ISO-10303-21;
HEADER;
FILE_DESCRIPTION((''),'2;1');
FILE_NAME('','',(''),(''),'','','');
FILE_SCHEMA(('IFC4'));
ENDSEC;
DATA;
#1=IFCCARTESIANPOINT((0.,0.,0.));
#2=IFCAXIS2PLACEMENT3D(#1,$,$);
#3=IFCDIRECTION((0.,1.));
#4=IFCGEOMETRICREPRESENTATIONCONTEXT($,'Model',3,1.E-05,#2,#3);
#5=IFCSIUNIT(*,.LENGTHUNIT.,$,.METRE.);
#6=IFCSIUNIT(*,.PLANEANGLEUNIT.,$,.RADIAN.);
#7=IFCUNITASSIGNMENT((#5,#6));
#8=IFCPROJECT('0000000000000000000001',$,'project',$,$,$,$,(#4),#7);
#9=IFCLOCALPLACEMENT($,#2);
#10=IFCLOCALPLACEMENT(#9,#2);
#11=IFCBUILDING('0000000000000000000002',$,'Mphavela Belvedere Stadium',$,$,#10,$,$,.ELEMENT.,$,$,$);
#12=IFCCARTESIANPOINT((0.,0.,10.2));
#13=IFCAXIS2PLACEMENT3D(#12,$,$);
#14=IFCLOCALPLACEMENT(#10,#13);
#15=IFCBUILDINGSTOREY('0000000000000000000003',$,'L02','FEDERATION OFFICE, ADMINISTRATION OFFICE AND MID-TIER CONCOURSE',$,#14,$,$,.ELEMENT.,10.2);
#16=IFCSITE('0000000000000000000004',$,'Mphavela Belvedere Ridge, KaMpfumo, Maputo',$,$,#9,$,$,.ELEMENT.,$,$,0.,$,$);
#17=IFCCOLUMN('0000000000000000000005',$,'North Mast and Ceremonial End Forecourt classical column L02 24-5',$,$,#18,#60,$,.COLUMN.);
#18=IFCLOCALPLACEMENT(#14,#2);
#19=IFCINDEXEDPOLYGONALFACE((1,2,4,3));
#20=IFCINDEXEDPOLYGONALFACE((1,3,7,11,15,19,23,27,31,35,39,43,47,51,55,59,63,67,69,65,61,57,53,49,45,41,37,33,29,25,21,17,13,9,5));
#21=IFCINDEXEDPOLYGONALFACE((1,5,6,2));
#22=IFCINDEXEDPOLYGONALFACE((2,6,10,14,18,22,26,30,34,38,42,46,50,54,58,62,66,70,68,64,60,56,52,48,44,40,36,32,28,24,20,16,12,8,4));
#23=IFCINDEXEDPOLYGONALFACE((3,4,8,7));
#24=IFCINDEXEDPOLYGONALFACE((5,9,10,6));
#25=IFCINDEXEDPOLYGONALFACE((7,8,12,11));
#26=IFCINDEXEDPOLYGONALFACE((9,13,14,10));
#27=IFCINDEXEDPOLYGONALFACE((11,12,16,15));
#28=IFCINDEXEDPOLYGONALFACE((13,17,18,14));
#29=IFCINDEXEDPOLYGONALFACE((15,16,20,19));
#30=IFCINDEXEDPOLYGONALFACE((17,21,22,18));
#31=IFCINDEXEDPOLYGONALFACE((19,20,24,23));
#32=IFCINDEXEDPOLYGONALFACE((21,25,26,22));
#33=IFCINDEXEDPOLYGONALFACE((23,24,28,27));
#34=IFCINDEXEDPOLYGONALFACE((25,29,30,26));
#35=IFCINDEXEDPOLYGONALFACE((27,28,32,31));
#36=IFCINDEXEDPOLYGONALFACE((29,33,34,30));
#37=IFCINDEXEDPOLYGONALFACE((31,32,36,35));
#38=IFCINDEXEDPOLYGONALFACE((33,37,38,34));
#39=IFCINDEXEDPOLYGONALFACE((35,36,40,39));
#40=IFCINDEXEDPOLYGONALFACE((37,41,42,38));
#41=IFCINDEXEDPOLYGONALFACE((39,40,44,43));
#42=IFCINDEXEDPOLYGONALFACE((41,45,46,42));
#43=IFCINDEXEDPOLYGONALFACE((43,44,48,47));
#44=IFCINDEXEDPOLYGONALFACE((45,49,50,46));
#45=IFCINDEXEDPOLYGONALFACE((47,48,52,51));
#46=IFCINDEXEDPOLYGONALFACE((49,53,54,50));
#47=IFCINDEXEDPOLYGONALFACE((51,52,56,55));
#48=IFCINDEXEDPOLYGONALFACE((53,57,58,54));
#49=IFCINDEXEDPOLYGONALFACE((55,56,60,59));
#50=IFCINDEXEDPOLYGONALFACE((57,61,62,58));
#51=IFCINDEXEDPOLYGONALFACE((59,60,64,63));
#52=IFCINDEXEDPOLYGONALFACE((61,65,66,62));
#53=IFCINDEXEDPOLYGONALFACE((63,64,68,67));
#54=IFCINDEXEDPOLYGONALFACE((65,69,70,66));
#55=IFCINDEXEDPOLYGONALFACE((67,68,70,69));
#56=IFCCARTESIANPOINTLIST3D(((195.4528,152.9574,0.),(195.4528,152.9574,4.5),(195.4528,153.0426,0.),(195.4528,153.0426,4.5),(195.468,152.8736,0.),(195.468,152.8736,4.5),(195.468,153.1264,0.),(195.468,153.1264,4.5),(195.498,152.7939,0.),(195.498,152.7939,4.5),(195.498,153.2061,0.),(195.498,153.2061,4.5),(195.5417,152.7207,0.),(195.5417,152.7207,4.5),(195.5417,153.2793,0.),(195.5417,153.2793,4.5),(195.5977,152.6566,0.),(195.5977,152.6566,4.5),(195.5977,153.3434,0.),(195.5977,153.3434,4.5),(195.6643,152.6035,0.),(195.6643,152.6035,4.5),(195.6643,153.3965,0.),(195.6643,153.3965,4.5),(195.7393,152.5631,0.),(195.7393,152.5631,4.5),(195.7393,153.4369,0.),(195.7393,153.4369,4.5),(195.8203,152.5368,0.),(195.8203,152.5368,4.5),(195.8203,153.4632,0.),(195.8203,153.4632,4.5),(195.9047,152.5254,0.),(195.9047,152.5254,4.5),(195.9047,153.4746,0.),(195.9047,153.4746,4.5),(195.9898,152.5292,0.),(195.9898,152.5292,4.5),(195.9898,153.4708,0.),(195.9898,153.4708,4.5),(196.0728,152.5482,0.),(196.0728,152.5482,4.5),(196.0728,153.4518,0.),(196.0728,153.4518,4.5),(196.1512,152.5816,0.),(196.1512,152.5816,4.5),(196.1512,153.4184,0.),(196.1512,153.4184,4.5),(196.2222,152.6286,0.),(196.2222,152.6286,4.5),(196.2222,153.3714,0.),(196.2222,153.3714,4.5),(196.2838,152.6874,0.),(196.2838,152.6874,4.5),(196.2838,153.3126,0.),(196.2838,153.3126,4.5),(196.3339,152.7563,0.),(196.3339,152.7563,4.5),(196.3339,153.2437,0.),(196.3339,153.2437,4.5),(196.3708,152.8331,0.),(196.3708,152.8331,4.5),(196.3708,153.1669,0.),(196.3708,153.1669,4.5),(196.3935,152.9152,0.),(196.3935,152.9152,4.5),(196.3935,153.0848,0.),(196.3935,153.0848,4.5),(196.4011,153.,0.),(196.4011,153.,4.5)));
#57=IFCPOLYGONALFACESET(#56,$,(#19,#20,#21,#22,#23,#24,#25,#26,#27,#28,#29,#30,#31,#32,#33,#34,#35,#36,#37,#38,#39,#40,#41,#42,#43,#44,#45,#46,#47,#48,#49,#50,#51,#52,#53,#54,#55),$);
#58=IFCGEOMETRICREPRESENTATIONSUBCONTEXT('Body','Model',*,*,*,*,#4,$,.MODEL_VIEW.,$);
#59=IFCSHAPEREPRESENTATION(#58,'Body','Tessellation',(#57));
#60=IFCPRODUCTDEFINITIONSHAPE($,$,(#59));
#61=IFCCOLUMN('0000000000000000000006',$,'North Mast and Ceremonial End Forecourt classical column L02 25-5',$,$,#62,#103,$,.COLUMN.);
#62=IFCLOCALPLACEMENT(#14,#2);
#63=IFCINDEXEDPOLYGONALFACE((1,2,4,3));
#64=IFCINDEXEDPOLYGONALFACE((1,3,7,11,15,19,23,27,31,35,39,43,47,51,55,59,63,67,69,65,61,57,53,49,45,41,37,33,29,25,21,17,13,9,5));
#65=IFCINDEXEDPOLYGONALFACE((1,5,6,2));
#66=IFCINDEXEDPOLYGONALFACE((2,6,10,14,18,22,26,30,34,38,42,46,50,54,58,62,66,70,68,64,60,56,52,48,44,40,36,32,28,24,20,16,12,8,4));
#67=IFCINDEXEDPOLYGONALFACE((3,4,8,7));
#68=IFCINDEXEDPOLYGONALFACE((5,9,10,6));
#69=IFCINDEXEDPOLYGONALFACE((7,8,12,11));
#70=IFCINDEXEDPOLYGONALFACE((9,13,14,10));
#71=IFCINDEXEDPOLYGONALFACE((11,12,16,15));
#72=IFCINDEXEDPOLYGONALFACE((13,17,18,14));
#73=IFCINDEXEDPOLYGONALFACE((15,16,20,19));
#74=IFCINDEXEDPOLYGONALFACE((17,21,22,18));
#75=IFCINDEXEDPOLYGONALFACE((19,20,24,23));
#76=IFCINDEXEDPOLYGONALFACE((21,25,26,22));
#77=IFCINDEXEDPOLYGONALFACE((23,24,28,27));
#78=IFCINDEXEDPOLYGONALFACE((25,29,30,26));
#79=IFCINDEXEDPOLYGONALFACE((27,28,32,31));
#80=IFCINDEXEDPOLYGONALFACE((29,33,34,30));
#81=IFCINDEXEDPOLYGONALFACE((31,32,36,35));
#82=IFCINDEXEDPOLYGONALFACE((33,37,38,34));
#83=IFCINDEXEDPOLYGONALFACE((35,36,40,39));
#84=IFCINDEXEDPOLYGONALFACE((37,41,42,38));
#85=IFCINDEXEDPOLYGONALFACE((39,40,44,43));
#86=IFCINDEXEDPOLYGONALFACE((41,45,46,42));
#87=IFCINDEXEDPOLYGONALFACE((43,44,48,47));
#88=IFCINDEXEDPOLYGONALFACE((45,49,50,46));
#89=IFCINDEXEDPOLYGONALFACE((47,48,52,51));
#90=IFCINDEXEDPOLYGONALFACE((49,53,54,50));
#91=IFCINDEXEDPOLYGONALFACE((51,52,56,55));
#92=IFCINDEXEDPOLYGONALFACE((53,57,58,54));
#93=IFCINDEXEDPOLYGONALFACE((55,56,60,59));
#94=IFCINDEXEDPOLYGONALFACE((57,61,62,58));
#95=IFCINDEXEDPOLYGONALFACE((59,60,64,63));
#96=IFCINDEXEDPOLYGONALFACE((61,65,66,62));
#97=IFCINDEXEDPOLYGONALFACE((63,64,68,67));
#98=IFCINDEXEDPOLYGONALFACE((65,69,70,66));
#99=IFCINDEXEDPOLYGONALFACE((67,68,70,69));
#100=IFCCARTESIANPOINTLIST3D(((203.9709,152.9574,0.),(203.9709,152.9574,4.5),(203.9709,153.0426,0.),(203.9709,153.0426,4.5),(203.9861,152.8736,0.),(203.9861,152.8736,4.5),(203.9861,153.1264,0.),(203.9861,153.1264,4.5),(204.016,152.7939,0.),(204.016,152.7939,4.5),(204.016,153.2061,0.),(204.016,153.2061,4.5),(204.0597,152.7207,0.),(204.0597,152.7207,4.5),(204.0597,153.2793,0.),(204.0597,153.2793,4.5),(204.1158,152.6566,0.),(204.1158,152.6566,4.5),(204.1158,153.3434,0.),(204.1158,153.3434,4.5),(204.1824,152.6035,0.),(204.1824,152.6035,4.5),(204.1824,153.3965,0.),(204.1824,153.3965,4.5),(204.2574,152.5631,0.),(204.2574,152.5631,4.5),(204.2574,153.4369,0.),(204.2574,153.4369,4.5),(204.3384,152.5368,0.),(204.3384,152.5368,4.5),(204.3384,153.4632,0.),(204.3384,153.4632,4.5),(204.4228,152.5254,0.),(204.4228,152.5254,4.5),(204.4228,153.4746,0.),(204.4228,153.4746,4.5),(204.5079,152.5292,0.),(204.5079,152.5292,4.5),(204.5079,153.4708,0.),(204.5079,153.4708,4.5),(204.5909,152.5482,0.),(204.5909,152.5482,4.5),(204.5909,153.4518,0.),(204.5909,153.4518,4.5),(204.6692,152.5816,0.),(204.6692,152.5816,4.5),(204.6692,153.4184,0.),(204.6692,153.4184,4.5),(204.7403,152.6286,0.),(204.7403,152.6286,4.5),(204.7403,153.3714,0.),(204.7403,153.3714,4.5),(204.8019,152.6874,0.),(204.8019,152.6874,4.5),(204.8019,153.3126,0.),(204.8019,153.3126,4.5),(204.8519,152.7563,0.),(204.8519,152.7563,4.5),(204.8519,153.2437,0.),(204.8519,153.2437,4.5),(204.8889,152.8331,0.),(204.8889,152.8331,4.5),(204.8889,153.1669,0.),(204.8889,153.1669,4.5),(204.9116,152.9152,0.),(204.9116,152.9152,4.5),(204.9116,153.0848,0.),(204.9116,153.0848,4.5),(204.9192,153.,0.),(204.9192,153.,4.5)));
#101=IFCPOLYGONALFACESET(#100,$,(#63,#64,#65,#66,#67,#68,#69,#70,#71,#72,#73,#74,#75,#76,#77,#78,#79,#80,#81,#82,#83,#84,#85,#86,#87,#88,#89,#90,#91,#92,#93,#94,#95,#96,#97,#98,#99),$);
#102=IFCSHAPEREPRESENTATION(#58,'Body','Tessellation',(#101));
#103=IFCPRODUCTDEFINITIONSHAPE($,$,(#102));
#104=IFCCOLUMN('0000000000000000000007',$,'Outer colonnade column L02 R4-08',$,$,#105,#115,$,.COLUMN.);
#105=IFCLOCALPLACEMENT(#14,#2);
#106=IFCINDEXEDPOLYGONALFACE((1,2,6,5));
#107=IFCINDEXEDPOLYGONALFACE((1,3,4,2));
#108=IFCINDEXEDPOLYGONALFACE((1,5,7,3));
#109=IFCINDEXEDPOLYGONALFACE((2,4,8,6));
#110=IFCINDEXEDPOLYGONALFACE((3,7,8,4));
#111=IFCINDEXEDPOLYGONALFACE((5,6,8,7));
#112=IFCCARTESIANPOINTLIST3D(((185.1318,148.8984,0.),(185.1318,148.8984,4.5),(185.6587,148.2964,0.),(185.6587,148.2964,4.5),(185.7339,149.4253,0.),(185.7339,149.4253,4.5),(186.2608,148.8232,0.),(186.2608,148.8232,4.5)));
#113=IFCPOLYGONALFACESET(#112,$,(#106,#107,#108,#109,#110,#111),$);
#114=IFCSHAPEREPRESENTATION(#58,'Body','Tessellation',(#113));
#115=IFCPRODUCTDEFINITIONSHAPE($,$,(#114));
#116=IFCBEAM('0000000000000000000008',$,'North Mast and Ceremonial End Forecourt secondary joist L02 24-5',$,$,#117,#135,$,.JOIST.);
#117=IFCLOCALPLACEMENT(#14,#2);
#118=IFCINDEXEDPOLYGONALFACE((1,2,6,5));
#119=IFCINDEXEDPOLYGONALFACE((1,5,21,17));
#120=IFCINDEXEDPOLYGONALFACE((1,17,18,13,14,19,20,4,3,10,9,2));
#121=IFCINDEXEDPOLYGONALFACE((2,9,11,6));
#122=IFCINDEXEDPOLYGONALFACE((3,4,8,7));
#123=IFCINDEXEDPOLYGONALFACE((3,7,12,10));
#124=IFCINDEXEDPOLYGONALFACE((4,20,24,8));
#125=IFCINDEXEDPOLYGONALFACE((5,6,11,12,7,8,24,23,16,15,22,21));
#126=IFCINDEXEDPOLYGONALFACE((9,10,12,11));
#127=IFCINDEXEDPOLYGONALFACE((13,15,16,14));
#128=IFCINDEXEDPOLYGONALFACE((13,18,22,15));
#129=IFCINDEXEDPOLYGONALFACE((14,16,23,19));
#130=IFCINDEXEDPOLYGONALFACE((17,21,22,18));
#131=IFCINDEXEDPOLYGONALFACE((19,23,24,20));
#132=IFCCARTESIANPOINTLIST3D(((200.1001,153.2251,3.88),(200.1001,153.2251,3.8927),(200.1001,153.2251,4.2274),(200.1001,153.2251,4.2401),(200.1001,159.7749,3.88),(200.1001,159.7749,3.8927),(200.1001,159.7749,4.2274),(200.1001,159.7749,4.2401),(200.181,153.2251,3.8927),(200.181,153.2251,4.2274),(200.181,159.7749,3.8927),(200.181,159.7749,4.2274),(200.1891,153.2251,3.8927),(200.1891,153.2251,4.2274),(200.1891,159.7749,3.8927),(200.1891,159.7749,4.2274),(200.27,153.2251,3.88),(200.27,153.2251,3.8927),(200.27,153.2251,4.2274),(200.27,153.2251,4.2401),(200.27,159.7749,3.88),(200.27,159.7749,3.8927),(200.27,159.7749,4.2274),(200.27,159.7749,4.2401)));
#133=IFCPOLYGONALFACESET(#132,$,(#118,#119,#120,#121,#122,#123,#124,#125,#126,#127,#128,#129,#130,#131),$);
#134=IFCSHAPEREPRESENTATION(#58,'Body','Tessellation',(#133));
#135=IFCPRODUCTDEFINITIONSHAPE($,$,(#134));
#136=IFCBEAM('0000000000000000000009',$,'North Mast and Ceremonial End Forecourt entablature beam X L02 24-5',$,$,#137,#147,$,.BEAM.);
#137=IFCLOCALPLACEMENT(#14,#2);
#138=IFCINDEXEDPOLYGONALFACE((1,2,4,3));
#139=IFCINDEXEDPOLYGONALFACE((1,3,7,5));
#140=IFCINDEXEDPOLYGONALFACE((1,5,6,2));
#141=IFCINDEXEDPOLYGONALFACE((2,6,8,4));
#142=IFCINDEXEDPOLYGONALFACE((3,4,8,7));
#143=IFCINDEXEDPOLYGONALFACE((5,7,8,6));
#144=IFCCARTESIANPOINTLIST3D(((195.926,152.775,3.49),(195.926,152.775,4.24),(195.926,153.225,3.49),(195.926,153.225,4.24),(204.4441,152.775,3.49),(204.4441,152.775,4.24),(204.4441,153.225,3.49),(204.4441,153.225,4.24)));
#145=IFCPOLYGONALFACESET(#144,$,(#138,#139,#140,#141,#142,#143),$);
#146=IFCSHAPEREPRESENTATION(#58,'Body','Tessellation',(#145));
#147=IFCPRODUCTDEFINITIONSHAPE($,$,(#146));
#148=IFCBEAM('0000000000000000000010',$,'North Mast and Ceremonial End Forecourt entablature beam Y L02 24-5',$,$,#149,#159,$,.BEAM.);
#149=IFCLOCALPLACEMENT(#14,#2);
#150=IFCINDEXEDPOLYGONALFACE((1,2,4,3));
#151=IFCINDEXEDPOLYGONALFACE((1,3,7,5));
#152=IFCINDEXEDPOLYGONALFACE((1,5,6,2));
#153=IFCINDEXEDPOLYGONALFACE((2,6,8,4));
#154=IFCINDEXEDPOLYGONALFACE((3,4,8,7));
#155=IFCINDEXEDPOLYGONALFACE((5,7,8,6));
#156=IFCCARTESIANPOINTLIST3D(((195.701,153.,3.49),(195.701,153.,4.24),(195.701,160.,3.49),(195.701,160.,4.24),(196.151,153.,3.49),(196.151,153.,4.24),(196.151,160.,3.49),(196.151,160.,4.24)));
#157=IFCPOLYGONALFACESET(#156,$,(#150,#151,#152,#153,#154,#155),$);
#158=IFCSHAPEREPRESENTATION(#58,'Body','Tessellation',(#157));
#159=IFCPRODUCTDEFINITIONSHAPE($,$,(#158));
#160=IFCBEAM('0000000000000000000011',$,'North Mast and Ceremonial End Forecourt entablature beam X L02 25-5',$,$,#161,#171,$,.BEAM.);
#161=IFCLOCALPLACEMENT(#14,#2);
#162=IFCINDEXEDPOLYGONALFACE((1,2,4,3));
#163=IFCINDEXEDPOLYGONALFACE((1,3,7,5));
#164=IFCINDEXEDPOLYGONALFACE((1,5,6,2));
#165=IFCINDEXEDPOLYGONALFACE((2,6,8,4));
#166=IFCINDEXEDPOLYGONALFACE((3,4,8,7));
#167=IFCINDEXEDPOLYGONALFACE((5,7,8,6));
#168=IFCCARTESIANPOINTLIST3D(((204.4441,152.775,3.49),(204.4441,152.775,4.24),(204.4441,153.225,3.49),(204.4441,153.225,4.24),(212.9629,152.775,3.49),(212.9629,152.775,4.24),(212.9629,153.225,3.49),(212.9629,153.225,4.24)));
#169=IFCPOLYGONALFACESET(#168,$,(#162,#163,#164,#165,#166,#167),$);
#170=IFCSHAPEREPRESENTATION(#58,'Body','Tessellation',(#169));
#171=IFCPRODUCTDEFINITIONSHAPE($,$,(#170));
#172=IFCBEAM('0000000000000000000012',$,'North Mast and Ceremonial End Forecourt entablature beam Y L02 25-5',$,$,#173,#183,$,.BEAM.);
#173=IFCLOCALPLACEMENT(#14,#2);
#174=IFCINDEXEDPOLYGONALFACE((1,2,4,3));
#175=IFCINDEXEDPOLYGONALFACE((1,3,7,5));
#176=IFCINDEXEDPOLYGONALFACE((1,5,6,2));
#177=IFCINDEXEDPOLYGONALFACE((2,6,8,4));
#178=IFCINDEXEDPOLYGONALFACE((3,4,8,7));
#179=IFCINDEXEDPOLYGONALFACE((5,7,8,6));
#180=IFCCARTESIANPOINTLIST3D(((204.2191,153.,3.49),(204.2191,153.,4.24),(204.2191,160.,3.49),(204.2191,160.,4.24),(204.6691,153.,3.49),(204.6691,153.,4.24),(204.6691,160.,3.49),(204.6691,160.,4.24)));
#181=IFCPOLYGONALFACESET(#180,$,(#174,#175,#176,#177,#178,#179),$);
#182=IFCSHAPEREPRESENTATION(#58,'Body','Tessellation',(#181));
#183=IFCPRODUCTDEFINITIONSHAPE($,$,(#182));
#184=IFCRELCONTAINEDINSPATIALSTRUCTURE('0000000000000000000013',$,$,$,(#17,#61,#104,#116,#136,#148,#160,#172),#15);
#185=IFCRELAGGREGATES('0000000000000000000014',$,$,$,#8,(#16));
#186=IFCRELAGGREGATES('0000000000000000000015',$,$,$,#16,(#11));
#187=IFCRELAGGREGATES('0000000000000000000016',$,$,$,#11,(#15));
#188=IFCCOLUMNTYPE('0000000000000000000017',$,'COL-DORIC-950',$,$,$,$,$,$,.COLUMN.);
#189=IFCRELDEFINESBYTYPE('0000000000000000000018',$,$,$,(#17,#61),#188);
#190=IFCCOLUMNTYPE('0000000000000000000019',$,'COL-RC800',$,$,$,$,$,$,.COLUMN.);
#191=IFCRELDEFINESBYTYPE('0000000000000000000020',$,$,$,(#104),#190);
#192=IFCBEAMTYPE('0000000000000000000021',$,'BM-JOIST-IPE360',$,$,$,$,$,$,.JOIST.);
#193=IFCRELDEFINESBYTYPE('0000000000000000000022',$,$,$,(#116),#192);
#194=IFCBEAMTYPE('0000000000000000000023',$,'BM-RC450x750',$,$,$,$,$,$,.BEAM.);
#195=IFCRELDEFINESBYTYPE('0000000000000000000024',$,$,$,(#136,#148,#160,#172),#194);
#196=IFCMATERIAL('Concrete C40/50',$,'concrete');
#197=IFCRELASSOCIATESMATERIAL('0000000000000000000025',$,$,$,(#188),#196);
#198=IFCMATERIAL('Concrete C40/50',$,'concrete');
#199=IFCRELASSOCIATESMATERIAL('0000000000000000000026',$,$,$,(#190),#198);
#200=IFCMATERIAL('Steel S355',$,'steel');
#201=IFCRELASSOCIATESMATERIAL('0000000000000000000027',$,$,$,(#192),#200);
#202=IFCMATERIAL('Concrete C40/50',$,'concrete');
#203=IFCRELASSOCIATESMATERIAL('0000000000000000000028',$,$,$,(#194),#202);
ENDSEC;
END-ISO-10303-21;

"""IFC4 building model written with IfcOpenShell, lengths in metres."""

from ifc_helpers import new_model, si_unit, direction, frame, origin, origin_2d, place, context, subcontext, project, spatial, rectangle, circle, i_section, extrude, material, material_profile, profile_set, type_object, element, save


model = new_model("IFC4")

# Units and contexts
model_context = context("Model", 3, precision=1e-05, world=origin(), true_north=direction((0.0, 1.0)))
body_context = subcontext(model_context, "Body", "Model", "MODEL_VIEW")
ifc_project = project(units=[si_unit("LENGTHUNIT", "METRE"), si_unit("PLANEANGLEUNIT", "RADIAN")], contexts=[model_context])

# Site, building, storey
site_placement = place(None, origin())
site = spatial("IfcSite", under=ifc_project, at=site_placement, Name="Mphavela Belvedere Ridge, KaMpfumo, Maputo", CompositionType="ELEMENT", RefElevation=0.0)
building_placement = place(site_placement, origin())
building = spatial("IfcBuilding", under=site, at=building_placement, Name="Mphavela Belvedere Stadium", CompositionType="ELEMENT")
storey_placement = place(building_placement, frame((0.0, 0.0, 10.2)))
storey = spatial("IfcBuildingStorey", under=building, at=storey_placement, Name="L02", Description="FEDERATION OFFICE, ADMINISTRATION OFFICE AND MID-TIER CONCOURSE", CompositionType="ELEMENT", Elevation=10.2)

# Columns
ifc_material_1 = material(Name="Concrete C40/50", Category="concrete")
ifc_material_profile_1 = material_profile(ifc_material_1, circle(Radius=0.4751, at=origin_2d()), Name="COL D950")
ifc_profile_set_1 = profile_set([ifc_material_profile_1], Name="Concrete C40/50")
column_type_1 = type_object("IfcColumnType", Name="COL-DORIC-950", PredefinedType="COLUMN", material=ifc_profile_set_1)
for number, where, z_axis, x_axis, name in (
    (1, (195.926, 153.0, 0.0), (0.0, 0.0, 1.0), (1.0, 0.0, 0.0), "North Mast and Ceremonial End Forecourt classical column L02 24-5"),
    (2, (204.4441, 153.0, 0.0), (0.0, 0.0, 1.0), (1.0, 0.0, 0.0), "North Mast and Ceremonial End Forecourt classical column L02 25-5"),
):
    element("IfcColumn", number, at=place(storey_placement, frame(where, z_axis=z_axis, x_axis=x_axis)), inside=storey, type_object=column_type_1, Name=name, PredefinedType="COLUMN", context=body_context, shape_type="SweptSolid", body=[
        extrude(circle(Radius=0.4751, at=origin_2d()), origin(), (0.0, 0.0, 1.0), 4.5),
    ])
ifc_material_2 = material(Name="Concrete C40/50", Category="concrete")
ifc_material_profile_2 = material_profile(ifc_material_2, rectangle(XDim=0.8, YDim=0.8, at=origin_2d()), Name="RC 800x800")
ifc_profile_set_2 = profile_set([ifc_material_profile_2], Name="Concrete C40/50")
column_type_2 = type_object("IfcColumnType", Name="COL-RC800", PredefinedType="COLUMN", material=ifc_profile_set_2)
column_placement = place(storey_placement, frame((185.6963, 148.8608, 0.0), z_axis=(0.0, 0.0, 1.0), x_axis=(0.75253, 0.658558, 0.0)))
element("IfcColumn", 3, at=column_placement, inside=storey, type_object=column_type_2, Name="Outer colonnade column L02 R4-08", PredefinedType="COLUMN", context=body_context, shape_type="SweptSolid", body=[
    extrude(rectangle(XDim=0.8, YDim=0.8, at=origin_2d()), origin(), (0.0, 0.0, 1.0), 4.5),
])

# Beams
ifc_material_3 = material(Name="Steel S355", Category="steel")
ifc_material_profile_3 = material_profile(ifc_material_3, i_section(OverallWidth=0.1699, OverallDepth=0.3601, WebThickness=0.0081, FlangeThickness=0.0127, at=origin_2d()), Name="IPE 360")
ifc_profile_set_3 = profile_set([ifc_material_profile_3], Name="Steel S355")
beam_type_1 = type_object("IfcBeamType", Name="BM-JOIST-IPE360", PredefinedType="JOIST", material=ifc_profile_set_3)
beam_1_placement = place(storey_placement, frame((200.1851, 153.2251, 4.0601), z_axis=(0.0, 1.0, 0.0), x_axis=(-1.0, 0.0, 0.0)))
element("IfcBeam", 4, at=beam_1_placement, inside=storey, type_object=beam_type_1, Name="North Mast and Ceremonial End Forecourt secondary joist L02 24-5", PredefinedType="JOIST", context=body_context, shape_type="SweptSolid", body=[
    extrude(i_section(OverallWidth=0.1699, OverallDepth=0.3601, WebThickness=0.0081, FlangeThickness=0.0127, at=origin_2d()), origin(), (0.0, 0.0, 1.0), 6.5498),
])
ifc_material_4 = material(Name="Concrete C40/50", Category="concrete")
ifc_material_profile_4 = material_profile(ifc_material_4, rectangle(XDim=0.45, YDim=0.75, at=origin_2d()), Name="RC 450x750")
ifc_profile_set_4 = profile_set([ifc_material_profile_4], Name="Concrete C40/50")
beam_type_2 = type_object("IfcBeamType", Name="BM-RC450x750", PredefinedType="BEAM", material=ifc_profile_set_4)
beam_2_placement = place(storey_placement, frame((195.926, 153.0, 3.865), z_axis=(1.0, 0.0, 0.0), x_axis=(0.0, 1.0, 0.0)))
element("IfcBeam", 5, at=beam_2_placement, inside=storey, type_object=beam_type_2, Name="North Mast and Ceremonial End Forecourt entablature beam X L02 24-5", PredefinedType="BEAM", context=body_context, shape_type="SweptSolid", body=[
    extrude(rectangle(XDim=0.45, YDim=0.75, at=origin_2d()), origin(), (0.0, 0.0, 1.0), 8.5181),
])
beam_3_placement = place(storey_placement, frame((195.926, 153.0, 3.865), z_axis=(0.0, 1.0, 0.0), x_axis=(-1.0, 0.0, 0.0)))
element("IfcBeam", 6, at=beam_3_placement, inside=storey, type_object=beam_type_2, Name="North Mast and Ceremonial End Forecourt entablature beam Y L02 24-5", PredefinedType="BEAM", context=body_context, shape_type="SweptSolid", body=[
    extrude(rectangle(XDim=0.45, YDim=0.75, at=origin_2d()), origin(), (0.0, 0.0, 1.0), 7.0),
])
beam_4_placement = place(storey_placement, frame((204.4441, 153.0, 3.865), z_axis=(1.0, 0.0, 0.0), x_axis=(0.0, 1.0, 0.0)))
element("IfcBeam", 7, at=beam_4_placement, inside=storey, type_object=beam_type_2, Name="North Mast and Ceremonial End Forecourt entablature beam X L02 25-5", PredefinedType="BEAM", context=body_context, shape_type="SweptSolid", body=[
    extrude(rectangle(XDim=0.45, YDim=0.75, at=origin_2d()), origin(), (0.0, 0.0, 1.0), 8.5188),
])
beam_5_placement = place(storey_placement, frame((204.4441, 153.0, 3.865), z_axis=(0.0, 1.0, 0.0), x_axis=(-1.0, 0.0, 0.0)))
element("IfcBeam", 8, at=beam_5_placement, inside=storey, type_object=beam_type_2, Name="North Mast and Ceremonial End Forecourt entablature beam Y L02 25-5", PredefinedType="BEAM", context=body_context, shape_type="SweptSolid", body=[
    extrude(rectangle(XDim=0.45, YDim=0.75, at=origin_2d()), origin(), (0.0, 0.0, 1.0), 7.0),
])

save(model, "model.ifc")
